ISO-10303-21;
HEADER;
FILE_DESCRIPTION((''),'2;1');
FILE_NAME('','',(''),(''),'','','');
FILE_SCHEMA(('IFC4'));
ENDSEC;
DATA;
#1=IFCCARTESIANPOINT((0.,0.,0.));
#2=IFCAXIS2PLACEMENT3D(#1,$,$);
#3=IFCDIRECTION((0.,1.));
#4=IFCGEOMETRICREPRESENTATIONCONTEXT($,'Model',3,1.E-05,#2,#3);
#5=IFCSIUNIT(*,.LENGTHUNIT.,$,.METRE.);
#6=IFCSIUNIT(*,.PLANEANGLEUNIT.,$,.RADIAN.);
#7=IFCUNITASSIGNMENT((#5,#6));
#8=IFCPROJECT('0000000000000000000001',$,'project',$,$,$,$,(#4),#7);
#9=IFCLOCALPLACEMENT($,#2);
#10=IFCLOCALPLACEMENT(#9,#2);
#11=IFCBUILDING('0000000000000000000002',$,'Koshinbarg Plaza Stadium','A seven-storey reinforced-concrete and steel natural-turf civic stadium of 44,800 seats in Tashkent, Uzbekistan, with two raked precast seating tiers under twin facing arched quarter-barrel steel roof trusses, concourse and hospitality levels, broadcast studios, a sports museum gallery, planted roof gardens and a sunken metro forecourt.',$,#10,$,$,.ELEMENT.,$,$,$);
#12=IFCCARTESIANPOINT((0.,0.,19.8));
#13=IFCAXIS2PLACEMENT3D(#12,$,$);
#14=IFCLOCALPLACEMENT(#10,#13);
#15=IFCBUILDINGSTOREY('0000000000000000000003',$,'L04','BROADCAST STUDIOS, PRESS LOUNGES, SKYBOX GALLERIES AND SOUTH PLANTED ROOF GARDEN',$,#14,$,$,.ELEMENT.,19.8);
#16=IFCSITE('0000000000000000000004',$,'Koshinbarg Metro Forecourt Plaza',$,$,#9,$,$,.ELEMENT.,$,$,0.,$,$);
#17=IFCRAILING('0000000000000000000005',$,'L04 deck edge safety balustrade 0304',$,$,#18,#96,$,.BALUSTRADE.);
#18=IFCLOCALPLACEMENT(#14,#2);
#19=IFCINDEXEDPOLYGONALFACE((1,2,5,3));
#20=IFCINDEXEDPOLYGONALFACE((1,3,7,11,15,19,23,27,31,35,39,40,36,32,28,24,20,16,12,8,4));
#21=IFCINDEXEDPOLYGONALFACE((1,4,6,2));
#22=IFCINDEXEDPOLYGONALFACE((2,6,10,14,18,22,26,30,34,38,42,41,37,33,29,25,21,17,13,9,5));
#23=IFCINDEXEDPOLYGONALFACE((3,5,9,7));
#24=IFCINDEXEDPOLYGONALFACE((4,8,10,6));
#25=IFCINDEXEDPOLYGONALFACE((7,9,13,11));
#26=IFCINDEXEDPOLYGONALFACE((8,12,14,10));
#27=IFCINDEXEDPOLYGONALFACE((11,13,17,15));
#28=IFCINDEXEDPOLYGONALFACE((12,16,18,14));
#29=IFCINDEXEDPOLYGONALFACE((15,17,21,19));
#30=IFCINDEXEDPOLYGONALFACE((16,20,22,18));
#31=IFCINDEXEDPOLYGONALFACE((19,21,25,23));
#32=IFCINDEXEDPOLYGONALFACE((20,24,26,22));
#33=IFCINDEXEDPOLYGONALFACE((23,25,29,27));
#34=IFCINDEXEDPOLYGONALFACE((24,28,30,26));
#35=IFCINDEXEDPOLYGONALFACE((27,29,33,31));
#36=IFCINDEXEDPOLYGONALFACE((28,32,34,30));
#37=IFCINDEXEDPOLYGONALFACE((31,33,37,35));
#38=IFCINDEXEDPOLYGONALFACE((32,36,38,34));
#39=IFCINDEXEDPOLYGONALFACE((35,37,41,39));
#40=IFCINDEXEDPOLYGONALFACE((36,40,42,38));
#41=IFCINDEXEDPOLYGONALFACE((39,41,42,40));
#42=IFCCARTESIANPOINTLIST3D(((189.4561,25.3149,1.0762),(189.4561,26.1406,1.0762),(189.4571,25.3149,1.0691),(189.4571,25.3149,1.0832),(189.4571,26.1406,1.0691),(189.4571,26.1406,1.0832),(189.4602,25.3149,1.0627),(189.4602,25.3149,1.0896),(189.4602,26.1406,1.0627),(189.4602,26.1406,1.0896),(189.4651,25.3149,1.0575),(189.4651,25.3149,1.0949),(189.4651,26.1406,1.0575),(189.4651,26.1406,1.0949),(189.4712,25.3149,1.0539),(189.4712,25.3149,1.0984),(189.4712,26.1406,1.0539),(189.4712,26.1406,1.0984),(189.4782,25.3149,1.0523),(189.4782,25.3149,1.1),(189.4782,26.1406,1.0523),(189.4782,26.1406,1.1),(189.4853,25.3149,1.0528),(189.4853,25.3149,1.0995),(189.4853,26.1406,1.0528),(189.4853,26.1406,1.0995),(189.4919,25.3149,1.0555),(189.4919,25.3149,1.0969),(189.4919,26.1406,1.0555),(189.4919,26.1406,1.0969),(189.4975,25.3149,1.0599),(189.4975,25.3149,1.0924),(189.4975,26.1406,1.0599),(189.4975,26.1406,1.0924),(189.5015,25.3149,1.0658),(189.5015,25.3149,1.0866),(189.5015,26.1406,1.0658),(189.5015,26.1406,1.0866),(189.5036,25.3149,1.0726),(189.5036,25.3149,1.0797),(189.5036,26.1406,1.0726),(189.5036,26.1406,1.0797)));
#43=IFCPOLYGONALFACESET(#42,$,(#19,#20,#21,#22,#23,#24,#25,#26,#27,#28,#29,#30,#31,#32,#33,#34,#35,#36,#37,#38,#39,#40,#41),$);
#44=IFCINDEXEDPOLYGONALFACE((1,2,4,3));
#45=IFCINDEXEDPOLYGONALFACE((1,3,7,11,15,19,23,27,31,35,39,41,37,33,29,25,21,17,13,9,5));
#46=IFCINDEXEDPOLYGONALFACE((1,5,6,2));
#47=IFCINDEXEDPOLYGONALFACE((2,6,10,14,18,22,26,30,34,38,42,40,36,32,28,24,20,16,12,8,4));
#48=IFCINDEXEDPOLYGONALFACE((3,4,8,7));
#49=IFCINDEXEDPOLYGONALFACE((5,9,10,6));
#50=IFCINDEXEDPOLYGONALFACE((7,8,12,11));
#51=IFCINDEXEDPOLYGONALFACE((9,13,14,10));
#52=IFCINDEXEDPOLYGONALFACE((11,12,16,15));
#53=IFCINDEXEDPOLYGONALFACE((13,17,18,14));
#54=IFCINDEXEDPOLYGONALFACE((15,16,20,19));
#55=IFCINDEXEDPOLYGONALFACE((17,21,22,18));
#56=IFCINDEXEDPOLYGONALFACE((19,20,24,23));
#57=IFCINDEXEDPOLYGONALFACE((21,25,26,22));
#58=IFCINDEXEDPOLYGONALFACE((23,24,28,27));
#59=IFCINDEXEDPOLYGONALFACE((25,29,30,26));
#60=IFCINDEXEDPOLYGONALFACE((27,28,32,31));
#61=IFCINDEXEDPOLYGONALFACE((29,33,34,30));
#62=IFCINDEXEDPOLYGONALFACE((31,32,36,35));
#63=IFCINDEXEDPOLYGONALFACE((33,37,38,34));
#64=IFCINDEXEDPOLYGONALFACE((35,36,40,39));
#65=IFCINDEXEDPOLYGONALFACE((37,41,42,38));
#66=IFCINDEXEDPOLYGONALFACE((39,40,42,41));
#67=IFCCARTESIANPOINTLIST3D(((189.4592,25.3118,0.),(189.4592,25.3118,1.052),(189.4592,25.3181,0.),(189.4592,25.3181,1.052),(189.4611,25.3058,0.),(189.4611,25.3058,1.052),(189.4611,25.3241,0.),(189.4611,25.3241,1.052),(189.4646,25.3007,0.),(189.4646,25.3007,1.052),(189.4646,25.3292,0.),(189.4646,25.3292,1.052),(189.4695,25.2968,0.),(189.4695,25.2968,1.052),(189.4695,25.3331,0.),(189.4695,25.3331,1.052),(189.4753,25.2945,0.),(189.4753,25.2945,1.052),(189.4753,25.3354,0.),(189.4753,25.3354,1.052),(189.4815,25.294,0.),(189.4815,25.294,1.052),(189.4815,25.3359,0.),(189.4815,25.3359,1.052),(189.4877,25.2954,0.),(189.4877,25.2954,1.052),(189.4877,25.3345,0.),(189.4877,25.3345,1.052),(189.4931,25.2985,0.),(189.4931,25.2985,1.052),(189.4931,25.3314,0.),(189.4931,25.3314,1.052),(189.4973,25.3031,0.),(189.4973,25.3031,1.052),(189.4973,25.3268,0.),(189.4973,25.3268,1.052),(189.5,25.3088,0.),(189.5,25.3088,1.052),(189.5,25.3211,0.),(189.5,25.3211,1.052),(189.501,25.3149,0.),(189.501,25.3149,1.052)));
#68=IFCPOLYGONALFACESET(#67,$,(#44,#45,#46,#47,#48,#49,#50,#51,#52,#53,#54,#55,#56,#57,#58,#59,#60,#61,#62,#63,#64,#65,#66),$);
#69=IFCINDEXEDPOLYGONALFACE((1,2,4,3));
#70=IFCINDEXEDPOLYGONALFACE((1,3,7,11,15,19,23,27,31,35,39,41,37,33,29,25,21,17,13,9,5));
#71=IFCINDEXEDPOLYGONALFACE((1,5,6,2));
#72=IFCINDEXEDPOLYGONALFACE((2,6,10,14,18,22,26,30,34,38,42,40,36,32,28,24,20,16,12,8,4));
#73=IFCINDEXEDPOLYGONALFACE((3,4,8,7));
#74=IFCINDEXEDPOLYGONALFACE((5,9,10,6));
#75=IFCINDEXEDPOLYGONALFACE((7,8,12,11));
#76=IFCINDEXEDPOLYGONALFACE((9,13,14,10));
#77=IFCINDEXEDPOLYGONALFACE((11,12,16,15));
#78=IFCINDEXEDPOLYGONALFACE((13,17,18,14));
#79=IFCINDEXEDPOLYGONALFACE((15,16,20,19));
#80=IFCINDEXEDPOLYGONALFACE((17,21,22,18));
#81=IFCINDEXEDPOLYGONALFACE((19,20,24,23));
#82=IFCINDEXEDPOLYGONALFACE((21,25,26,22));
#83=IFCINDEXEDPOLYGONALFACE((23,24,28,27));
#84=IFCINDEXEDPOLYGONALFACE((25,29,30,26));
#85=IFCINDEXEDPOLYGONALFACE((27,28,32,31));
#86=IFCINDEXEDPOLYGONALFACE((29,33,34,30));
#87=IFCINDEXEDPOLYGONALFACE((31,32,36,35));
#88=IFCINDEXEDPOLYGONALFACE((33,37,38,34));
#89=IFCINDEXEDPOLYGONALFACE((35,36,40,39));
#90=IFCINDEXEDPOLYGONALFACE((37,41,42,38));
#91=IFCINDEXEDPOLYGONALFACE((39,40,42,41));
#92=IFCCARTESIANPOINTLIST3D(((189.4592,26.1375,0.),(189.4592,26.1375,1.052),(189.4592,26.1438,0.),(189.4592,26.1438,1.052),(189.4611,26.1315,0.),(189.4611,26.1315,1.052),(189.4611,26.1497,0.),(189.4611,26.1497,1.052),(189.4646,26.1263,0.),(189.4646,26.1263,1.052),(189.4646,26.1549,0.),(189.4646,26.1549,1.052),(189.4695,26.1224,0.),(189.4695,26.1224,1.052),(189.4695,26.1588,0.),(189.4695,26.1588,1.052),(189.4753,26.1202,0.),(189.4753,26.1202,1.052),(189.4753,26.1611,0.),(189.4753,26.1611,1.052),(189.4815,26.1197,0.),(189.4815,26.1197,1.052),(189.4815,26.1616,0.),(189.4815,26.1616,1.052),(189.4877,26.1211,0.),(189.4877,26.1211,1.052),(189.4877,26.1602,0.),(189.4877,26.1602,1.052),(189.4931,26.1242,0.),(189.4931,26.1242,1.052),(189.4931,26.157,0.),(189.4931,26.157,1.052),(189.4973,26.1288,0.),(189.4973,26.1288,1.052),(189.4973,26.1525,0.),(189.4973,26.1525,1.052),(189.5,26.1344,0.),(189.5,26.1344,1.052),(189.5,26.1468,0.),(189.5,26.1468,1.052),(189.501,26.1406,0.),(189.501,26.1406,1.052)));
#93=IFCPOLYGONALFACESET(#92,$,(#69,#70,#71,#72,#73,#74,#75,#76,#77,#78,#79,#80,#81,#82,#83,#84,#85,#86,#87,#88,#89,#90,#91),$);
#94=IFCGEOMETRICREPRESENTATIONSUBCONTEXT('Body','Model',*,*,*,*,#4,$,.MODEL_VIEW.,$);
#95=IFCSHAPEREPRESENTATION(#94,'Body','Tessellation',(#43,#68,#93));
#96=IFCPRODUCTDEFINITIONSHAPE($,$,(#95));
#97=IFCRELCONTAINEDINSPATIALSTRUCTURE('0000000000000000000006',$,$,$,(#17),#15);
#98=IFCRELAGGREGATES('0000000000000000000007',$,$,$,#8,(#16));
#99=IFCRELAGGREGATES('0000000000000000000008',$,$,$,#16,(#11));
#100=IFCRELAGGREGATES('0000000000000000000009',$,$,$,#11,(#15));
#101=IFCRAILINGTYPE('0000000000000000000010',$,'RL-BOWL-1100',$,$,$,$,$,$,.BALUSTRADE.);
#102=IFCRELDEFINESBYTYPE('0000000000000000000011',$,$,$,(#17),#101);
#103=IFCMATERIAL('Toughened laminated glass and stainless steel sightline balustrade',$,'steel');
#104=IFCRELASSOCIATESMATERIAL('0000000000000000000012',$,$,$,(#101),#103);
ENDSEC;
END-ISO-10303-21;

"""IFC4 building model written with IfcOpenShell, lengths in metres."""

from ifc_helpers import new_model, si_unit, direction, frame, origin, origin_2d, place, context, subcontext, project, spatial, circle, extrude, material, type_object, element, save


model = new_model("IFC4")

# Units and contexts
model_context = context("Model", 3, precision=1e-05, world=origin(), true_north=direction((0.0, 1.0)))
body_context = subcontext(model_context, "Body", "Model", "MODEL_VIEW")
ifc_project = project(units=[si_unit("LENGTHUNIT", "METRE"), si_unit("PLANEANGLEUNIT", "RADIAN")], contexts=[model_context])

# Site, building, storey
site_placement = place(None, origin())
site = spatial("IfcSite", under=ifc_project, at=site_placement, Name="Koshinbarg Metro Forecourt Plaza", CompositionType="ELEMENT", RefElevation=0.0)
building_placement = place(site_placement, origin())
building = spatial("IfcBuilding", under=site, at=building_placement, Name="Koshinbarg Plaza Stadium", Description="A seven-storey reinforced-concrete and steel natural-turf civic stadium of 44,800 seats in Tashkent, Uzbekistan, with two raked precast seating tiers under twin facing arched quarter-barrel steel roof trusses, concourse and hospitality levels, broadcast studios, a sports museum gallery, planted roof gardens and a sunken metro forecourt.", CompositionType="ELEMENT")
storey_placement = place(building_placement, frame((0.0, 0.0, 19.8)))
storey = spatial("IfcBuildingStorey", under=building, at=storey_placement, Name="L04", Description="BROADCAST STUDIOS, PRESS LOUNGES, SKYBOX GALLERIES AND SOUTH PLANTED ROOF GARDEN", CompositionType="ELEMENT", Elevation=19.8)

# Railing
ifc_material_1 = material(Name="Toughened laminated glass and stainless steel sightline balustrade", Category="steel")
railing_type_1 = type_object("IfcRailingType", Name="RL-BOWL-1100", PredefinedType="BALUSTRADE", material=ifc_material_1)
railing_1_placement = place(storey_placement, frame((189.48, 25.3149, 0.0)))
element("IfcRailing", 1, at=railing_1_placement, inside=storey, type_object=railing_type_1, Name="L04 deck edge safety balustrade 0304", PredefinedType="BALUSTRADE", context=body_context, shape_type="SweptSolid", body=[
    extrude(circle(Radius=0.0239, at=origin_2d()), frame((0.0, 0.0, 1.0762), z_axis=(0.0, 1.0, 0.0), x_axis=(-1.0, 0.0, 0.0)), (0.0, 0.0, 1.0), 0.8257),
    extrude(circle(Radius=0.021, at=origin_2d()), origin(), (0.0, 0.0, 1.0), 1.052),
    extrude(circle(Radius=0.021, at=origin_2d()), frame((0.0, 0.8257, 0.0)), (0.0, 0.0, 1.0), 1.052),
])

save(model, "model.ifc")
